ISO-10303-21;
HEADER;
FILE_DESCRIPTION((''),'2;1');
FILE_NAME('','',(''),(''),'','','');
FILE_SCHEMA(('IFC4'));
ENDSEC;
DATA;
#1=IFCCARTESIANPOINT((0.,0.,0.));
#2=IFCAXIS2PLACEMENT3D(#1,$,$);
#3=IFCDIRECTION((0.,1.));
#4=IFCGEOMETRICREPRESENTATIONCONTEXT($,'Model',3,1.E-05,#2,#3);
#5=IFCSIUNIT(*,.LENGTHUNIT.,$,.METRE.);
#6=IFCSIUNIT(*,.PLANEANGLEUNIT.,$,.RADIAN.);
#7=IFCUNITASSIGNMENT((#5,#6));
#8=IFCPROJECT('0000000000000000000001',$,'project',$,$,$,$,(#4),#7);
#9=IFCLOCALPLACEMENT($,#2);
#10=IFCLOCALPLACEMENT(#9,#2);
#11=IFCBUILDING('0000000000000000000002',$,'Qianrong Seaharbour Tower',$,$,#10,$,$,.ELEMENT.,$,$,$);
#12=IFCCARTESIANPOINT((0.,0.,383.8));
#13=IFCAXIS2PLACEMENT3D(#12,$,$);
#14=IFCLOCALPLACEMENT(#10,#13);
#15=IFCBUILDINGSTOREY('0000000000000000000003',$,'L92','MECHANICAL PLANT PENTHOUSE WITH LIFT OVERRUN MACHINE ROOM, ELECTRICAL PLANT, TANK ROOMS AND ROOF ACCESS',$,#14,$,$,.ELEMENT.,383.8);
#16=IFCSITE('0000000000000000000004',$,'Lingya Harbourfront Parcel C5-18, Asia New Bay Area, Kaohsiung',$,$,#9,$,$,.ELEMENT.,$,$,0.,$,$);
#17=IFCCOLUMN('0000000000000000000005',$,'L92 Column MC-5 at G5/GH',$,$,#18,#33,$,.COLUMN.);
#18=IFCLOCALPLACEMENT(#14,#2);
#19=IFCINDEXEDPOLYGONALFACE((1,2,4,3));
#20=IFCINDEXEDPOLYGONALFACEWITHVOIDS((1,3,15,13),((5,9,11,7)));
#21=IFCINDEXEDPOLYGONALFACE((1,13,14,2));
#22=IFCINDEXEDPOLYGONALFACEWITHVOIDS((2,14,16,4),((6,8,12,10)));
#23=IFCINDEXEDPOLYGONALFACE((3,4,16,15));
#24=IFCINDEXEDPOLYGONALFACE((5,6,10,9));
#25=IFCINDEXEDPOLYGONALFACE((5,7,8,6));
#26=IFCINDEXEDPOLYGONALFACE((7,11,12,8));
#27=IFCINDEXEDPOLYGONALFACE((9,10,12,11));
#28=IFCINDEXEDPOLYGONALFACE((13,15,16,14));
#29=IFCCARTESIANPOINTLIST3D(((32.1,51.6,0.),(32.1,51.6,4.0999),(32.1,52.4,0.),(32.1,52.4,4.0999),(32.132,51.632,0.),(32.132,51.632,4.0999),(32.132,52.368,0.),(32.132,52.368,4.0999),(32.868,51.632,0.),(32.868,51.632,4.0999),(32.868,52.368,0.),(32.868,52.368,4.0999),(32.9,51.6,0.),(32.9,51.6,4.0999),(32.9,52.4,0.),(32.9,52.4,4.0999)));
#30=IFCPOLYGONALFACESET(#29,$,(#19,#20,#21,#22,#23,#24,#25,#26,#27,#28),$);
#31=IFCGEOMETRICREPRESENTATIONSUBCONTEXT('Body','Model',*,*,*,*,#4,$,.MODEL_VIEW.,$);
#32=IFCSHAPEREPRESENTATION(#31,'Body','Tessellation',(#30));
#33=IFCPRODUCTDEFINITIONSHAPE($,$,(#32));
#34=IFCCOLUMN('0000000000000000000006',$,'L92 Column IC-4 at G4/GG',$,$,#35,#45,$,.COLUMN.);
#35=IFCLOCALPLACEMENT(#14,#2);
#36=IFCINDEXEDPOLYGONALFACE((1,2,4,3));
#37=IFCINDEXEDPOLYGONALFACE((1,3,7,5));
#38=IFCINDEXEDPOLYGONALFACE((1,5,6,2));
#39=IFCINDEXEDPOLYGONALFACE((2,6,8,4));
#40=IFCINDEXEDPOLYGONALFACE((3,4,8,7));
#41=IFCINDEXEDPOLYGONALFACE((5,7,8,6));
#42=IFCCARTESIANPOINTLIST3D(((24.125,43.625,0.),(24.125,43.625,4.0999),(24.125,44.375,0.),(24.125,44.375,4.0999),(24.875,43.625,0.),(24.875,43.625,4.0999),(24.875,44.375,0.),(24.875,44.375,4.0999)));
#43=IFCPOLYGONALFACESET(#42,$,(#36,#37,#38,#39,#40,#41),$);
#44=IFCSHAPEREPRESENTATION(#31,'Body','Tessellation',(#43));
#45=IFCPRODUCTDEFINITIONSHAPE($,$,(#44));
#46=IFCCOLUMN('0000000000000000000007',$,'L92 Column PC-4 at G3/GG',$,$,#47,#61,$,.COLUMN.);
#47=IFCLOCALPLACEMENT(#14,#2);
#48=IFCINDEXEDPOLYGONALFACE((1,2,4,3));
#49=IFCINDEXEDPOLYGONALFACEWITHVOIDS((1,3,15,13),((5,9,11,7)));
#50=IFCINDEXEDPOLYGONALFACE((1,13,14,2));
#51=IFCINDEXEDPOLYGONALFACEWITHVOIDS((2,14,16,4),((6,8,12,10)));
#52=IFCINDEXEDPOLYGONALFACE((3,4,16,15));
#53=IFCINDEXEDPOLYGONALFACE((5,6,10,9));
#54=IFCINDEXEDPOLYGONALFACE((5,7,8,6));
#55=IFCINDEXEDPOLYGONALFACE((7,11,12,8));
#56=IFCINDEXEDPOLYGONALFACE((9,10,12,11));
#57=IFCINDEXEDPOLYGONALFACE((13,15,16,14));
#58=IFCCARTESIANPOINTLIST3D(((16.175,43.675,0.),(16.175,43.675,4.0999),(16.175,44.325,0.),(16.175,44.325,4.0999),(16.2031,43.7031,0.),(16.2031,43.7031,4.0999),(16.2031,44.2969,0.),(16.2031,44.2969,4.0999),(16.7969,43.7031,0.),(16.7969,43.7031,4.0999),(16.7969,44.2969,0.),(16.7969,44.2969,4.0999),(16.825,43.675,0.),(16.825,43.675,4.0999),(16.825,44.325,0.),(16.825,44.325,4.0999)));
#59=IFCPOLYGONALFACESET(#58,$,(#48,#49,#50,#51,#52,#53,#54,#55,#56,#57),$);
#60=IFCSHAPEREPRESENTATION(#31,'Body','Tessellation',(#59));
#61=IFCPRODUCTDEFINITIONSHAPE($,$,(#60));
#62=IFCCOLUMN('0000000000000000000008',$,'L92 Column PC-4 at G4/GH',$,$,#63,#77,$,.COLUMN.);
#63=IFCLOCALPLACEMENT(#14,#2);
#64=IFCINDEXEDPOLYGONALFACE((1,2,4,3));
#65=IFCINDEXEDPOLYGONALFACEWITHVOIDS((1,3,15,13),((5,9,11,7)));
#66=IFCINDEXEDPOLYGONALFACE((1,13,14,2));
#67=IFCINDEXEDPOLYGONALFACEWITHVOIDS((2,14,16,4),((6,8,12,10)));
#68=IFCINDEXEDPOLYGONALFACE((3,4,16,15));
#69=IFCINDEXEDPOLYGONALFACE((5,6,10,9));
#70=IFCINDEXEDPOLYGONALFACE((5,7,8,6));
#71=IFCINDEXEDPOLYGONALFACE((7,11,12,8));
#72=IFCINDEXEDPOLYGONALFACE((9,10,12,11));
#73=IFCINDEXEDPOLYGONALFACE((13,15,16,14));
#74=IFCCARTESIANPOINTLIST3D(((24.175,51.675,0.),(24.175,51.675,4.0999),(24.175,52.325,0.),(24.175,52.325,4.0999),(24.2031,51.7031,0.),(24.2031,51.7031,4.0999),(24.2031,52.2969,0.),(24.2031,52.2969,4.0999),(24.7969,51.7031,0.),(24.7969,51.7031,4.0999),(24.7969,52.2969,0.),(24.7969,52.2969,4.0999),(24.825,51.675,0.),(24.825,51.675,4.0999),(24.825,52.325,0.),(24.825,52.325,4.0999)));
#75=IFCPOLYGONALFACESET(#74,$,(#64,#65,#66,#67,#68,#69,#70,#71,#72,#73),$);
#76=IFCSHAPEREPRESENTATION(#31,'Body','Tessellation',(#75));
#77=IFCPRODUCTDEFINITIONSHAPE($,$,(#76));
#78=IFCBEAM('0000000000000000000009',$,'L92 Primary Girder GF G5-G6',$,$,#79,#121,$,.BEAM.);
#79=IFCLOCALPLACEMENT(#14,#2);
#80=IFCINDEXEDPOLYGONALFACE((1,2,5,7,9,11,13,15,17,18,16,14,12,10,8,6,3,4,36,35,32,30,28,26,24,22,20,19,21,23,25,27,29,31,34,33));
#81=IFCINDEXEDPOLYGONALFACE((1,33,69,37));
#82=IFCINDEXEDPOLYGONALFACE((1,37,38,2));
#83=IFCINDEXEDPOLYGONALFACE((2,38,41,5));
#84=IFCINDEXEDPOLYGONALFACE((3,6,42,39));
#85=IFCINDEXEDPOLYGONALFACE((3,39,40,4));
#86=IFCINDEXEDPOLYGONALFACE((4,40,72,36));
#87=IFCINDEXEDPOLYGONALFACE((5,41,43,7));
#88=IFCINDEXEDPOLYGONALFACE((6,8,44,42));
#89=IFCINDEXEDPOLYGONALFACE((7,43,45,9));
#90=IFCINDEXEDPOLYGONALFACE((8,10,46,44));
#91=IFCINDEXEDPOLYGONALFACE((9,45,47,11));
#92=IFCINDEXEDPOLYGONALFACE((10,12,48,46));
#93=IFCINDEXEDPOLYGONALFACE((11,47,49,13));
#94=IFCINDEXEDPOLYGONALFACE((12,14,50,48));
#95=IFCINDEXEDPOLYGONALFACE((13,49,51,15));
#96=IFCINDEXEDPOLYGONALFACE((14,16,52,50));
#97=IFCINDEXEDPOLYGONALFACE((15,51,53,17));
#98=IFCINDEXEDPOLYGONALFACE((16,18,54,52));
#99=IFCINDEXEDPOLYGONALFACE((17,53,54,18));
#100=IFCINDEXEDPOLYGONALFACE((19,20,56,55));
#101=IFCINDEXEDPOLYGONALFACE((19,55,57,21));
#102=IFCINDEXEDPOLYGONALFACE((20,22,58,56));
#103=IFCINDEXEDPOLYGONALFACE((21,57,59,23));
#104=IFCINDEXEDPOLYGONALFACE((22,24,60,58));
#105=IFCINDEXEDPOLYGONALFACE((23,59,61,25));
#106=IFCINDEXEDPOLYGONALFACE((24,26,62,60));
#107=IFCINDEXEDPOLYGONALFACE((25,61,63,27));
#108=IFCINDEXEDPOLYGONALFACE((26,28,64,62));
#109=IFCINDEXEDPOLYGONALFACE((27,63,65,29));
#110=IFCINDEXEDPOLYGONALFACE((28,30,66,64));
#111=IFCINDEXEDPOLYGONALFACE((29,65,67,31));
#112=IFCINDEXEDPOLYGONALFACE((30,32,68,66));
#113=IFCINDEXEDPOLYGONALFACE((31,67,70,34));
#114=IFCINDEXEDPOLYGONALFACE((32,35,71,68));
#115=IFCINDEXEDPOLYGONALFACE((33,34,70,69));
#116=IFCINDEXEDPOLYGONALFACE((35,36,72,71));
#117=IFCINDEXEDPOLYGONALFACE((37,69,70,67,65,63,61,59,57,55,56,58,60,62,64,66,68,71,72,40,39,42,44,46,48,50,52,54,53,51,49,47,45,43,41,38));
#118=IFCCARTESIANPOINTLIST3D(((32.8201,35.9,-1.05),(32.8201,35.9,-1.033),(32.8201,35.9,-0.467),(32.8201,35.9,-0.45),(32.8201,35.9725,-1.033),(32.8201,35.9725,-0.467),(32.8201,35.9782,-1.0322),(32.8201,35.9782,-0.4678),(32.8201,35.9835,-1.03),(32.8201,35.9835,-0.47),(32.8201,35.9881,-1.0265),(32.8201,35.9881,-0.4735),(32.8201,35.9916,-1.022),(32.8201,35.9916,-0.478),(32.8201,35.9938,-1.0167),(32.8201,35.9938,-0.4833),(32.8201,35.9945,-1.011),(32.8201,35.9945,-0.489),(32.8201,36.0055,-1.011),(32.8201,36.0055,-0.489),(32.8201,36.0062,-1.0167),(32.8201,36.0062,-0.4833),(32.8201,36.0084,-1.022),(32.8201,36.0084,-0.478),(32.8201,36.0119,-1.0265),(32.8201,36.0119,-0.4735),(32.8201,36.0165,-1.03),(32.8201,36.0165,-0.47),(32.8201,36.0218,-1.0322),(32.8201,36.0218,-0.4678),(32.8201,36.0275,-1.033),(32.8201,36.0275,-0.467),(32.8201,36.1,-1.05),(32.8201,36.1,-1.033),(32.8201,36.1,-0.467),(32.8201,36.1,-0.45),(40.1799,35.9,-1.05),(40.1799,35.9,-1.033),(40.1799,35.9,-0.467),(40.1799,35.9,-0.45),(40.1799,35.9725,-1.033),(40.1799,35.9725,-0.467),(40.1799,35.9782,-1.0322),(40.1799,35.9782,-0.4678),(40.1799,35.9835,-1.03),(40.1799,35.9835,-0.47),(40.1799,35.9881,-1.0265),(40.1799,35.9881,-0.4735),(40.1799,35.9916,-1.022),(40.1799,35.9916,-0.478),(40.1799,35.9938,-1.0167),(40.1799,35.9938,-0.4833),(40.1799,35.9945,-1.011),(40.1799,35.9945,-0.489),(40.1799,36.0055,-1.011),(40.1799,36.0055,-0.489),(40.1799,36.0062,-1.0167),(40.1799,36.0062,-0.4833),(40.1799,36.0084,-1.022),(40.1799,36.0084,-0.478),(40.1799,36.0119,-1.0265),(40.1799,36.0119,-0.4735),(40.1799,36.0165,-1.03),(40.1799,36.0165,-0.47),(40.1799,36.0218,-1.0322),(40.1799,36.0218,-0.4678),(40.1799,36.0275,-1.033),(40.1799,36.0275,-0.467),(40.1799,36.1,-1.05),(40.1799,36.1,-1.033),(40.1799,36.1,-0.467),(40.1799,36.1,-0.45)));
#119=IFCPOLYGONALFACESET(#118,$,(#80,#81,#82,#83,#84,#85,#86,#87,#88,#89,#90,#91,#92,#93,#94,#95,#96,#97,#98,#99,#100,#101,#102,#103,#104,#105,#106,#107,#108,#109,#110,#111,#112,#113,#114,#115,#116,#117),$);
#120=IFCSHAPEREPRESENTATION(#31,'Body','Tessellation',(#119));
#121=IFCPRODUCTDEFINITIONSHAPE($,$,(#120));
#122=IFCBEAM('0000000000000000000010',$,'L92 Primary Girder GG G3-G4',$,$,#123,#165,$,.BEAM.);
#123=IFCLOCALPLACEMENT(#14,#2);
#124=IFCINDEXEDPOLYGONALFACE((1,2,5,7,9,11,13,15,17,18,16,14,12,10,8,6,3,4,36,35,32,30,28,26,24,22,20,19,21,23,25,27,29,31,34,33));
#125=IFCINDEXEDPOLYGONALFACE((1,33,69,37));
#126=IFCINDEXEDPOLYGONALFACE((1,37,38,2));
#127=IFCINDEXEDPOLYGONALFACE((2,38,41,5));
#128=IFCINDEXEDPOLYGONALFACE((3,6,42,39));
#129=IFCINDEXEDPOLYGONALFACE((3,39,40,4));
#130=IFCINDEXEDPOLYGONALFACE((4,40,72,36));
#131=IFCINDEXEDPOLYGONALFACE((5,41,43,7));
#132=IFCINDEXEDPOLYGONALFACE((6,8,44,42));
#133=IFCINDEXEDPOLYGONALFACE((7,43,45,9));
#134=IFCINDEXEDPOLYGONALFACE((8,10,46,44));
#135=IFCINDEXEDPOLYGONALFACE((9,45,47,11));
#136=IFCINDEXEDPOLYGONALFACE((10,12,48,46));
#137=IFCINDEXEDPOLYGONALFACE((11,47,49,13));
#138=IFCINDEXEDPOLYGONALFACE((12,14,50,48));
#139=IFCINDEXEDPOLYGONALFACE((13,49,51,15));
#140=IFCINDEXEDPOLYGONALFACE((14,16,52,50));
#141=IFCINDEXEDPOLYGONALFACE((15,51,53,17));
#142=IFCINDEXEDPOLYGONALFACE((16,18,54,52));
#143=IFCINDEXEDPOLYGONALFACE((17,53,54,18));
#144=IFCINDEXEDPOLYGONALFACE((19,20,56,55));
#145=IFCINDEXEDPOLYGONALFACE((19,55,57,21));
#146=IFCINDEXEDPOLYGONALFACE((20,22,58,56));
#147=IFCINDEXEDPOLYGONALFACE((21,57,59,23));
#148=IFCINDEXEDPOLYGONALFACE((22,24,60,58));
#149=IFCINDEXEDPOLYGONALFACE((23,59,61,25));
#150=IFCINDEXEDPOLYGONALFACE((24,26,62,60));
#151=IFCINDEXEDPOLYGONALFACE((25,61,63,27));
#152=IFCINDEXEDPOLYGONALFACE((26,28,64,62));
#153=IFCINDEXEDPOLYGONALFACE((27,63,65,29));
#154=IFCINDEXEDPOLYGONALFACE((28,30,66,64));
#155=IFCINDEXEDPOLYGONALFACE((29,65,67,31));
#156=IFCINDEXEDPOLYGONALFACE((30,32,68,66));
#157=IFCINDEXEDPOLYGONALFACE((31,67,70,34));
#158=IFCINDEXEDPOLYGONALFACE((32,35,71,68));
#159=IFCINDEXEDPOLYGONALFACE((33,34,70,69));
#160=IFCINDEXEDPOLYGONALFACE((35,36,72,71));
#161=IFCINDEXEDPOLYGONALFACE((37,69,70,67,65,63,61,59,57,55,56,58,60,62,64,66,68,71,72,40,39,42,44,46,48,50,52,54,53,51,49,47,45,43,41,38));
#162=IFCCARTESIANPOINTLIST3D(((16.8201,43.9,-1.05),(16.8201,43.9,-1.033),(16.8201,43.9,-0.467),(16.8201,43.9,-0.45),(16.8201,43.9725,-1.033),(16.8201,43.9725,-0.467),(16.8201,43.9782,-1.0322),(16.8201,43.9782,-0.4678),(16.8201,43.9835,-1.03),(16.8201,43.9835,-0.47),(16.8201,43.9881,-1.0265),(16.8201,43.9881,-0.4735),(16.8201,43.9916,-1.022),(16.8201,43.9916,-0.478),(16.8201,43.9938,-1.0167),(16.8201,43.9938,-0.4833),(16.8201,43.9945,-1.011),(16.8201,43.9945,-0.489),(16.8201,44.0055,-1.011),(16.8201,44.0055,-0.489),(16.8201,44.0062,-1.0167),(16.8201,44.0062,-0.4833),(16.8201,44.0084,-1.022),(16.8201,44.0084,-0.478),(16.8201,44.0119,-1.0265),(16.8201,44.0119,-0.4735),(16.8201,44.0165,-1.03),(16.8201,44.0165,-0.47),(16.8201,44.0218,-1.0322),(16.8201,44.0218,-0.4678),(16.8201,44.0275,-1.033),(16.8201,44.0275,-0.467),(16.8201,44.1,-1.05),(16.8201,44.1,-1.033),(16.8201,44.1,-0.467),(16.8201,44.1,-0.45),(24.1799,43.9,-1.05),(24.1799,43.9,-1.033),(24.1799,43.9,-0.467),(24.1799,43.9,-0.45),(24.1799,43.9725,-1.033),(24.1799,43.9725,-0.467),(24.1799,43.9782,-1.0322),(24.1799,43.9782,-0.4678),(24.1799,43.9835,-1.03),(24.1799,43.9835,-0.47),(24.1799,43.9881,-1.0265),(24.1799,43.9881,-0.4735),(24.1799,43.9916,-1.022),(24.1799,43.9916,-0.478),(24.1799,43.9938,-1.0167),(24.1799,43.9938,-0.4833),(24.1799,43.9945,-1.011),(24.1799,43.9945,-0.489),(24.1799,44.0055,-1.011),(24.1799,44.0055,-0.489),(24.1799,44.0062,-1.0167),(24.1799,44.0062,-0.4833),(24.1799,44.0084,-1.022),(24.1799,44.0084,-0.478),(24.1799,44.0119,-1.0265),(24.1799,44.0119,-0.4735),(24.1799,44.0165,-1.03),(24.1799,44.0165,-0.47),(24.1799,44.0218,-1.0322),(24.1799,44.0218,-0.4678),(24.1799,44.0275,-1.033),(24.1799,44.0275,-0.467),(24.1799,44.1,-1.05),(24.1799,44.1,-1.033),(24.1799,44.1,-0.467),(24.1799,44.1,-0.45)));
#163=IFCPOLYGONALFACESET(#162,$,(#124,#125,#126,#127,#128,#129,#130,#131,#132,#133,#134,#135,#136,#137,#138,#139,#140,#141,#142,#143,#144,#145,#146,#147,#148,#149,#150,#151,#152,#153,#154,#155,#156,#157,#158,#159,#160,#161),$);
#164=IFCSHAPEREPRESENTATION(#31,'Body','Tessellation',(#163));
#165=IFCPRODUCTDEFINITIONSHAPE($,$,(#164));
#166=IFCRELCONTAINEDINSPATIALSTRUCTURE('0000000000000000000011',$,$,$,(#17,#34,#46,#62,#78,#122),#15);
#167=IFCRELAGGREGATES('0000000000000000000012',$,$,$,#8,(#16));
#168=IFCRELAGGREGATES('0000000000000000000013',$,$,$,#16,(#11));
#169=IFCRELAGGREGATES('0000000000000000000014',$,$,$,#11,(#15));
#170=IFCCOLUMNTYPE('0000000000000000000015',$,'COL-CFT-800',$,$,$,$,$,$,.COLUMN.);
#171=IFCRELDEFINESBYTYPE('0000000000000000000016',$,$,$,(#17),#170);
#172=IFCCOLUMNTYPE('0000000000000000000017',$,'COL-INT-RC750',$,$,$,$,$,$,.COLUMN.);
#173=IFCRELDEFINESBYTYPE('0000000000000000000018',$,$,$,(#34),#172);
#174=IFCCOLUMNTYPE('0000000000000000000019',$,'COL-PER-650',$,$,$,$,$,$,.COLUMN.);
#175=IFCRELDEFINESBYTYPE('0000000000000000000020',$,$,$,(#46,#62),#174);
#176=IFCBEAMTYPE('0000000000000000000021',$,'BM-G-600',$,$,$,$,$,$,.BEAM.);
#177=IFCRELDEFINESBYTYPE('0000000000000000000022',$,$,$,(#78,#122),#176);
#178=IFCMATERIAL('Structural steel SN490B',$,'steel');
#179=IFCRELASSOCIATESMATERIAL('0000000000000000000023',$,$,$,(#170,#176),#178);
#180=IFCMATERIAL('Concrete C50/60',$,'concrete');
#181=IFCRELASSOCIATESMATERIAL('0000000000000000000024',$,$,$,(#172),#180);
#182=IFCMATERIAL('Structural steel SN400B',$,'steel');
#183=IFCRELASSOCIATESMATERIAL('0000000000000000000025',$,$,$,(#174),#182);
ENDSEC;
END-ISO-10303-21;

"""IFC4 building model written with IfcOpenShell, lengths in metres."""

from ifc_helpers import new_model, si_unit, direction, frame, origin, origin_2d, place, context, subcontext, project, spatial, rectangle, hollow_rectangle, i_section, extrude, material, material_profile, profile_set, type_object, element, save


model = new_model("IFC4")

# Units and contexts
model_context = context("Model", 3, precision=1e-05, world=origin(), true_north=direction((0.0, 1.0)))
body_context = subcontext(model_context, "Body", "Model", "MODEL_VIEW")
ifc_project = project(units=[si_unit("LENGTHUNIT", "METRE"), si_unit("PLANEANGLEUNIT", "RADIAN")], contexts=[model_context])

# Site, building, storey
site_placement = place(None, origin())
site = spatial("IfcSite", under=ifc_project, at=site_placement, Name="Lingya Harbourfront Parcel C5-18, Asia New Bay Area, Kaohsiung", CompositionType="ELEMENT", RefElevation=0.0)
building_placement = place(site_placement, origin())
building = spatial("IfcBuilding", under=site, at=building_placement, Name="Qianrong Seaharbour Tower", CompositionType="ELEMENT")
storey_placement = place(building_placement, frame((0.0, 0.0, 383.8)))
storey = spatial("IfcBuildingStorey", under=building, at=storey_placement, Name="L92", Description="MECHANICAL PLANT PENTHOUSE WITH LIFT OVERRUN MACHINE ROOM, ELECTRICAL PLANT, TANK ROOMS AND ROOF ACCESS", CompositionType="ELEMENT", Elevation=383.8)

# Columns
ifc_material_1 = material(Name="Structural steel SN490B", Category="steel")
ifc_material_profile_1 = material_profile(ifc_material_1, hollow_rectangle(XDim=0.8, YDim=0.8, WallThickness=0.032, at=origin_2d()), Name="BOX800x800x32")
ifc_profile_set_1 = profile_set([ifc_material_profile_1], Name="Structural steel SN490B")
column_type_1 = type_object("IfcColumnType", Name="COL-CFT-800", PredefinedType="COLUMN", material=ifc_profile_set_1)
column_1_placement = place(storey_placement, frame((32.5, 52.0, 0.0), z_axis=(0.0, 0.0, 1.0), x_axis=(1.0, 0.0, 0.0)))
element("IfcColumn", 1, at=column_1_placement, inside=storey, type_object=column_type_1, Name="L92 Column MC-5 at G5/GH", PredefinedType="COLUMN", context=body_context, shape_type="SweptSolid", body=[
    extrude(hollow_rectangle(XDim=0.8, YDim=0.8, WallThickness=0.032, at=origin_2d()), origin(), (0.0, 0.0, 1.0), 4.0999),
])
ifc_material_2 = material(Name="Concrete C50/60", Category="concrete")
ifc_material_profile_2 = material_profile(ifc_material_2, rectangle(XDim=0.75, YDim=0.75, at=origin_2d()), Name="RC750x750")
ifc_profile_set_2 = profile_set([ifc_material_profile_2], Name="Concrete C50/60")
column_type_2 = type_object("IfcColumnType", Name="COL-INT-RC750", PredefinedType="COLUMN", material=ifc_profile_set_2)
column_2_placement = place(storey_placement, frame((24.5, 44.0, 0.0), z_axis=(0.0, 0.0, 1.0), x_axis=(1.0, 0.0, 0.0)))
element("IfcColumn", 2, at=column_2_placement, inside=storey, type_object=column_type_2, Name="L92 Column IC-4 at G4/GG", PredefinedType="COLUMN", context=body_context, shape_type="SweptSolid", body=[
    extrude(rectangle(XDim=0.75, YDim=0.75, at=origin_2d()), origin(), (0.0, 0.0, 1.0), 4.0999),
])
ifc_material_3 = material(Name="Structural steel SN400B", Category="steel")
ifc_material_profile_3 = material_profile(ifc_material_3, hollow_rectangle(XDim=0.6499, YDim=0.6499, WallThickness=0.0281, at=origin_2d()), Name="BOX650x650x28")
ifc_profile_set_3 = profile_set([ifc_material_profile_3], Name="Structural steel SN400B")
column_type_3 = type_object("IfcColumnType", Name="COL-PER-650", PredefinedType="COLUMN", material=ifc_profile_set_3)
for number, where, z_axis, x_axis, name in (
    (3, (16.5, 44.0, 0.0), (0.0, 0.0, 1.0), (1.0, 0.0, 0.0), "L92 Column PC-4 at G3/GG"),
    (4, (24.5, 52.0, 0.0), (0.0, 0.0, 1.0), (1.0, 0.0, 0.0), "L92 Column PC-4 at G4/GH"),
):
    element("IfcColumn", number, at=place(storey_placement, frame(where, z_axis=z_axis, x_axis=x_axis)), inside=storey, type_object=column_type_3, Name=name, PredefinedType="COLUMN", context=body_context, shape_type="SweptSolid", body=[
        extrude(hollow_rectangle(XDim=0.6499, YDim=0.6499, WallThickness=0.0281, at=origin_2d()), origin(), (0.0, 0.0, 1.0), 4.0999),
    ])

# Beams
ifc_material_profile_4 = material_profile(ifc_material_1, i_section(OverallWidth=0.2, OverallDepth=0.6001, WebThickness=0.011, FlangeThickness=0.0171, FilletRadius=0.022, at=origin_2d()), Name="H600x200x11x17")
ifc_profile_set_4 = profile_set([ifc_material_profile_4], Name="Structural steel SN490B")
beam_type_1 = type_object("IfcBeamType", Name="BM-G-600", PredefinedType="BEAM", material=ifc_profile_set_4)
for number, where, z_axis, x_axis, name in (
    (5, (32.8201, 36.0, -0.75), (1.0, 0.0, 0.0), (0.0, 1.0, 0.0), "L92 Primary Girder GF G5-G6"),
    (6, (16.8201, 44.0, -0.75), (1.0, 0.0, 0.0), (0.0, 1.0, 0.0), "L92 Primary Girder GG G3-G4"),
):
    element("IfcBeam", number, at=place(storey_placement, frame(where, z_axis=z_axis, x_axis=x_axis)), inside=storey, type_object=beam_type_1, Name=name, PredefinedType="BEAM", context=body_context, shape_type="SweptSolid", body=[
        extrude(i_section(OverallWidth=0.2, OverallDepth=0.6001, WebThickness=0.011, FlangeThickness=0.0171, FilletRadius=0.022, at=origin_2d()), origin(), (0.0, 0.0, 1.0), 7.3599),
    ])

save(model, "model.ifc")
